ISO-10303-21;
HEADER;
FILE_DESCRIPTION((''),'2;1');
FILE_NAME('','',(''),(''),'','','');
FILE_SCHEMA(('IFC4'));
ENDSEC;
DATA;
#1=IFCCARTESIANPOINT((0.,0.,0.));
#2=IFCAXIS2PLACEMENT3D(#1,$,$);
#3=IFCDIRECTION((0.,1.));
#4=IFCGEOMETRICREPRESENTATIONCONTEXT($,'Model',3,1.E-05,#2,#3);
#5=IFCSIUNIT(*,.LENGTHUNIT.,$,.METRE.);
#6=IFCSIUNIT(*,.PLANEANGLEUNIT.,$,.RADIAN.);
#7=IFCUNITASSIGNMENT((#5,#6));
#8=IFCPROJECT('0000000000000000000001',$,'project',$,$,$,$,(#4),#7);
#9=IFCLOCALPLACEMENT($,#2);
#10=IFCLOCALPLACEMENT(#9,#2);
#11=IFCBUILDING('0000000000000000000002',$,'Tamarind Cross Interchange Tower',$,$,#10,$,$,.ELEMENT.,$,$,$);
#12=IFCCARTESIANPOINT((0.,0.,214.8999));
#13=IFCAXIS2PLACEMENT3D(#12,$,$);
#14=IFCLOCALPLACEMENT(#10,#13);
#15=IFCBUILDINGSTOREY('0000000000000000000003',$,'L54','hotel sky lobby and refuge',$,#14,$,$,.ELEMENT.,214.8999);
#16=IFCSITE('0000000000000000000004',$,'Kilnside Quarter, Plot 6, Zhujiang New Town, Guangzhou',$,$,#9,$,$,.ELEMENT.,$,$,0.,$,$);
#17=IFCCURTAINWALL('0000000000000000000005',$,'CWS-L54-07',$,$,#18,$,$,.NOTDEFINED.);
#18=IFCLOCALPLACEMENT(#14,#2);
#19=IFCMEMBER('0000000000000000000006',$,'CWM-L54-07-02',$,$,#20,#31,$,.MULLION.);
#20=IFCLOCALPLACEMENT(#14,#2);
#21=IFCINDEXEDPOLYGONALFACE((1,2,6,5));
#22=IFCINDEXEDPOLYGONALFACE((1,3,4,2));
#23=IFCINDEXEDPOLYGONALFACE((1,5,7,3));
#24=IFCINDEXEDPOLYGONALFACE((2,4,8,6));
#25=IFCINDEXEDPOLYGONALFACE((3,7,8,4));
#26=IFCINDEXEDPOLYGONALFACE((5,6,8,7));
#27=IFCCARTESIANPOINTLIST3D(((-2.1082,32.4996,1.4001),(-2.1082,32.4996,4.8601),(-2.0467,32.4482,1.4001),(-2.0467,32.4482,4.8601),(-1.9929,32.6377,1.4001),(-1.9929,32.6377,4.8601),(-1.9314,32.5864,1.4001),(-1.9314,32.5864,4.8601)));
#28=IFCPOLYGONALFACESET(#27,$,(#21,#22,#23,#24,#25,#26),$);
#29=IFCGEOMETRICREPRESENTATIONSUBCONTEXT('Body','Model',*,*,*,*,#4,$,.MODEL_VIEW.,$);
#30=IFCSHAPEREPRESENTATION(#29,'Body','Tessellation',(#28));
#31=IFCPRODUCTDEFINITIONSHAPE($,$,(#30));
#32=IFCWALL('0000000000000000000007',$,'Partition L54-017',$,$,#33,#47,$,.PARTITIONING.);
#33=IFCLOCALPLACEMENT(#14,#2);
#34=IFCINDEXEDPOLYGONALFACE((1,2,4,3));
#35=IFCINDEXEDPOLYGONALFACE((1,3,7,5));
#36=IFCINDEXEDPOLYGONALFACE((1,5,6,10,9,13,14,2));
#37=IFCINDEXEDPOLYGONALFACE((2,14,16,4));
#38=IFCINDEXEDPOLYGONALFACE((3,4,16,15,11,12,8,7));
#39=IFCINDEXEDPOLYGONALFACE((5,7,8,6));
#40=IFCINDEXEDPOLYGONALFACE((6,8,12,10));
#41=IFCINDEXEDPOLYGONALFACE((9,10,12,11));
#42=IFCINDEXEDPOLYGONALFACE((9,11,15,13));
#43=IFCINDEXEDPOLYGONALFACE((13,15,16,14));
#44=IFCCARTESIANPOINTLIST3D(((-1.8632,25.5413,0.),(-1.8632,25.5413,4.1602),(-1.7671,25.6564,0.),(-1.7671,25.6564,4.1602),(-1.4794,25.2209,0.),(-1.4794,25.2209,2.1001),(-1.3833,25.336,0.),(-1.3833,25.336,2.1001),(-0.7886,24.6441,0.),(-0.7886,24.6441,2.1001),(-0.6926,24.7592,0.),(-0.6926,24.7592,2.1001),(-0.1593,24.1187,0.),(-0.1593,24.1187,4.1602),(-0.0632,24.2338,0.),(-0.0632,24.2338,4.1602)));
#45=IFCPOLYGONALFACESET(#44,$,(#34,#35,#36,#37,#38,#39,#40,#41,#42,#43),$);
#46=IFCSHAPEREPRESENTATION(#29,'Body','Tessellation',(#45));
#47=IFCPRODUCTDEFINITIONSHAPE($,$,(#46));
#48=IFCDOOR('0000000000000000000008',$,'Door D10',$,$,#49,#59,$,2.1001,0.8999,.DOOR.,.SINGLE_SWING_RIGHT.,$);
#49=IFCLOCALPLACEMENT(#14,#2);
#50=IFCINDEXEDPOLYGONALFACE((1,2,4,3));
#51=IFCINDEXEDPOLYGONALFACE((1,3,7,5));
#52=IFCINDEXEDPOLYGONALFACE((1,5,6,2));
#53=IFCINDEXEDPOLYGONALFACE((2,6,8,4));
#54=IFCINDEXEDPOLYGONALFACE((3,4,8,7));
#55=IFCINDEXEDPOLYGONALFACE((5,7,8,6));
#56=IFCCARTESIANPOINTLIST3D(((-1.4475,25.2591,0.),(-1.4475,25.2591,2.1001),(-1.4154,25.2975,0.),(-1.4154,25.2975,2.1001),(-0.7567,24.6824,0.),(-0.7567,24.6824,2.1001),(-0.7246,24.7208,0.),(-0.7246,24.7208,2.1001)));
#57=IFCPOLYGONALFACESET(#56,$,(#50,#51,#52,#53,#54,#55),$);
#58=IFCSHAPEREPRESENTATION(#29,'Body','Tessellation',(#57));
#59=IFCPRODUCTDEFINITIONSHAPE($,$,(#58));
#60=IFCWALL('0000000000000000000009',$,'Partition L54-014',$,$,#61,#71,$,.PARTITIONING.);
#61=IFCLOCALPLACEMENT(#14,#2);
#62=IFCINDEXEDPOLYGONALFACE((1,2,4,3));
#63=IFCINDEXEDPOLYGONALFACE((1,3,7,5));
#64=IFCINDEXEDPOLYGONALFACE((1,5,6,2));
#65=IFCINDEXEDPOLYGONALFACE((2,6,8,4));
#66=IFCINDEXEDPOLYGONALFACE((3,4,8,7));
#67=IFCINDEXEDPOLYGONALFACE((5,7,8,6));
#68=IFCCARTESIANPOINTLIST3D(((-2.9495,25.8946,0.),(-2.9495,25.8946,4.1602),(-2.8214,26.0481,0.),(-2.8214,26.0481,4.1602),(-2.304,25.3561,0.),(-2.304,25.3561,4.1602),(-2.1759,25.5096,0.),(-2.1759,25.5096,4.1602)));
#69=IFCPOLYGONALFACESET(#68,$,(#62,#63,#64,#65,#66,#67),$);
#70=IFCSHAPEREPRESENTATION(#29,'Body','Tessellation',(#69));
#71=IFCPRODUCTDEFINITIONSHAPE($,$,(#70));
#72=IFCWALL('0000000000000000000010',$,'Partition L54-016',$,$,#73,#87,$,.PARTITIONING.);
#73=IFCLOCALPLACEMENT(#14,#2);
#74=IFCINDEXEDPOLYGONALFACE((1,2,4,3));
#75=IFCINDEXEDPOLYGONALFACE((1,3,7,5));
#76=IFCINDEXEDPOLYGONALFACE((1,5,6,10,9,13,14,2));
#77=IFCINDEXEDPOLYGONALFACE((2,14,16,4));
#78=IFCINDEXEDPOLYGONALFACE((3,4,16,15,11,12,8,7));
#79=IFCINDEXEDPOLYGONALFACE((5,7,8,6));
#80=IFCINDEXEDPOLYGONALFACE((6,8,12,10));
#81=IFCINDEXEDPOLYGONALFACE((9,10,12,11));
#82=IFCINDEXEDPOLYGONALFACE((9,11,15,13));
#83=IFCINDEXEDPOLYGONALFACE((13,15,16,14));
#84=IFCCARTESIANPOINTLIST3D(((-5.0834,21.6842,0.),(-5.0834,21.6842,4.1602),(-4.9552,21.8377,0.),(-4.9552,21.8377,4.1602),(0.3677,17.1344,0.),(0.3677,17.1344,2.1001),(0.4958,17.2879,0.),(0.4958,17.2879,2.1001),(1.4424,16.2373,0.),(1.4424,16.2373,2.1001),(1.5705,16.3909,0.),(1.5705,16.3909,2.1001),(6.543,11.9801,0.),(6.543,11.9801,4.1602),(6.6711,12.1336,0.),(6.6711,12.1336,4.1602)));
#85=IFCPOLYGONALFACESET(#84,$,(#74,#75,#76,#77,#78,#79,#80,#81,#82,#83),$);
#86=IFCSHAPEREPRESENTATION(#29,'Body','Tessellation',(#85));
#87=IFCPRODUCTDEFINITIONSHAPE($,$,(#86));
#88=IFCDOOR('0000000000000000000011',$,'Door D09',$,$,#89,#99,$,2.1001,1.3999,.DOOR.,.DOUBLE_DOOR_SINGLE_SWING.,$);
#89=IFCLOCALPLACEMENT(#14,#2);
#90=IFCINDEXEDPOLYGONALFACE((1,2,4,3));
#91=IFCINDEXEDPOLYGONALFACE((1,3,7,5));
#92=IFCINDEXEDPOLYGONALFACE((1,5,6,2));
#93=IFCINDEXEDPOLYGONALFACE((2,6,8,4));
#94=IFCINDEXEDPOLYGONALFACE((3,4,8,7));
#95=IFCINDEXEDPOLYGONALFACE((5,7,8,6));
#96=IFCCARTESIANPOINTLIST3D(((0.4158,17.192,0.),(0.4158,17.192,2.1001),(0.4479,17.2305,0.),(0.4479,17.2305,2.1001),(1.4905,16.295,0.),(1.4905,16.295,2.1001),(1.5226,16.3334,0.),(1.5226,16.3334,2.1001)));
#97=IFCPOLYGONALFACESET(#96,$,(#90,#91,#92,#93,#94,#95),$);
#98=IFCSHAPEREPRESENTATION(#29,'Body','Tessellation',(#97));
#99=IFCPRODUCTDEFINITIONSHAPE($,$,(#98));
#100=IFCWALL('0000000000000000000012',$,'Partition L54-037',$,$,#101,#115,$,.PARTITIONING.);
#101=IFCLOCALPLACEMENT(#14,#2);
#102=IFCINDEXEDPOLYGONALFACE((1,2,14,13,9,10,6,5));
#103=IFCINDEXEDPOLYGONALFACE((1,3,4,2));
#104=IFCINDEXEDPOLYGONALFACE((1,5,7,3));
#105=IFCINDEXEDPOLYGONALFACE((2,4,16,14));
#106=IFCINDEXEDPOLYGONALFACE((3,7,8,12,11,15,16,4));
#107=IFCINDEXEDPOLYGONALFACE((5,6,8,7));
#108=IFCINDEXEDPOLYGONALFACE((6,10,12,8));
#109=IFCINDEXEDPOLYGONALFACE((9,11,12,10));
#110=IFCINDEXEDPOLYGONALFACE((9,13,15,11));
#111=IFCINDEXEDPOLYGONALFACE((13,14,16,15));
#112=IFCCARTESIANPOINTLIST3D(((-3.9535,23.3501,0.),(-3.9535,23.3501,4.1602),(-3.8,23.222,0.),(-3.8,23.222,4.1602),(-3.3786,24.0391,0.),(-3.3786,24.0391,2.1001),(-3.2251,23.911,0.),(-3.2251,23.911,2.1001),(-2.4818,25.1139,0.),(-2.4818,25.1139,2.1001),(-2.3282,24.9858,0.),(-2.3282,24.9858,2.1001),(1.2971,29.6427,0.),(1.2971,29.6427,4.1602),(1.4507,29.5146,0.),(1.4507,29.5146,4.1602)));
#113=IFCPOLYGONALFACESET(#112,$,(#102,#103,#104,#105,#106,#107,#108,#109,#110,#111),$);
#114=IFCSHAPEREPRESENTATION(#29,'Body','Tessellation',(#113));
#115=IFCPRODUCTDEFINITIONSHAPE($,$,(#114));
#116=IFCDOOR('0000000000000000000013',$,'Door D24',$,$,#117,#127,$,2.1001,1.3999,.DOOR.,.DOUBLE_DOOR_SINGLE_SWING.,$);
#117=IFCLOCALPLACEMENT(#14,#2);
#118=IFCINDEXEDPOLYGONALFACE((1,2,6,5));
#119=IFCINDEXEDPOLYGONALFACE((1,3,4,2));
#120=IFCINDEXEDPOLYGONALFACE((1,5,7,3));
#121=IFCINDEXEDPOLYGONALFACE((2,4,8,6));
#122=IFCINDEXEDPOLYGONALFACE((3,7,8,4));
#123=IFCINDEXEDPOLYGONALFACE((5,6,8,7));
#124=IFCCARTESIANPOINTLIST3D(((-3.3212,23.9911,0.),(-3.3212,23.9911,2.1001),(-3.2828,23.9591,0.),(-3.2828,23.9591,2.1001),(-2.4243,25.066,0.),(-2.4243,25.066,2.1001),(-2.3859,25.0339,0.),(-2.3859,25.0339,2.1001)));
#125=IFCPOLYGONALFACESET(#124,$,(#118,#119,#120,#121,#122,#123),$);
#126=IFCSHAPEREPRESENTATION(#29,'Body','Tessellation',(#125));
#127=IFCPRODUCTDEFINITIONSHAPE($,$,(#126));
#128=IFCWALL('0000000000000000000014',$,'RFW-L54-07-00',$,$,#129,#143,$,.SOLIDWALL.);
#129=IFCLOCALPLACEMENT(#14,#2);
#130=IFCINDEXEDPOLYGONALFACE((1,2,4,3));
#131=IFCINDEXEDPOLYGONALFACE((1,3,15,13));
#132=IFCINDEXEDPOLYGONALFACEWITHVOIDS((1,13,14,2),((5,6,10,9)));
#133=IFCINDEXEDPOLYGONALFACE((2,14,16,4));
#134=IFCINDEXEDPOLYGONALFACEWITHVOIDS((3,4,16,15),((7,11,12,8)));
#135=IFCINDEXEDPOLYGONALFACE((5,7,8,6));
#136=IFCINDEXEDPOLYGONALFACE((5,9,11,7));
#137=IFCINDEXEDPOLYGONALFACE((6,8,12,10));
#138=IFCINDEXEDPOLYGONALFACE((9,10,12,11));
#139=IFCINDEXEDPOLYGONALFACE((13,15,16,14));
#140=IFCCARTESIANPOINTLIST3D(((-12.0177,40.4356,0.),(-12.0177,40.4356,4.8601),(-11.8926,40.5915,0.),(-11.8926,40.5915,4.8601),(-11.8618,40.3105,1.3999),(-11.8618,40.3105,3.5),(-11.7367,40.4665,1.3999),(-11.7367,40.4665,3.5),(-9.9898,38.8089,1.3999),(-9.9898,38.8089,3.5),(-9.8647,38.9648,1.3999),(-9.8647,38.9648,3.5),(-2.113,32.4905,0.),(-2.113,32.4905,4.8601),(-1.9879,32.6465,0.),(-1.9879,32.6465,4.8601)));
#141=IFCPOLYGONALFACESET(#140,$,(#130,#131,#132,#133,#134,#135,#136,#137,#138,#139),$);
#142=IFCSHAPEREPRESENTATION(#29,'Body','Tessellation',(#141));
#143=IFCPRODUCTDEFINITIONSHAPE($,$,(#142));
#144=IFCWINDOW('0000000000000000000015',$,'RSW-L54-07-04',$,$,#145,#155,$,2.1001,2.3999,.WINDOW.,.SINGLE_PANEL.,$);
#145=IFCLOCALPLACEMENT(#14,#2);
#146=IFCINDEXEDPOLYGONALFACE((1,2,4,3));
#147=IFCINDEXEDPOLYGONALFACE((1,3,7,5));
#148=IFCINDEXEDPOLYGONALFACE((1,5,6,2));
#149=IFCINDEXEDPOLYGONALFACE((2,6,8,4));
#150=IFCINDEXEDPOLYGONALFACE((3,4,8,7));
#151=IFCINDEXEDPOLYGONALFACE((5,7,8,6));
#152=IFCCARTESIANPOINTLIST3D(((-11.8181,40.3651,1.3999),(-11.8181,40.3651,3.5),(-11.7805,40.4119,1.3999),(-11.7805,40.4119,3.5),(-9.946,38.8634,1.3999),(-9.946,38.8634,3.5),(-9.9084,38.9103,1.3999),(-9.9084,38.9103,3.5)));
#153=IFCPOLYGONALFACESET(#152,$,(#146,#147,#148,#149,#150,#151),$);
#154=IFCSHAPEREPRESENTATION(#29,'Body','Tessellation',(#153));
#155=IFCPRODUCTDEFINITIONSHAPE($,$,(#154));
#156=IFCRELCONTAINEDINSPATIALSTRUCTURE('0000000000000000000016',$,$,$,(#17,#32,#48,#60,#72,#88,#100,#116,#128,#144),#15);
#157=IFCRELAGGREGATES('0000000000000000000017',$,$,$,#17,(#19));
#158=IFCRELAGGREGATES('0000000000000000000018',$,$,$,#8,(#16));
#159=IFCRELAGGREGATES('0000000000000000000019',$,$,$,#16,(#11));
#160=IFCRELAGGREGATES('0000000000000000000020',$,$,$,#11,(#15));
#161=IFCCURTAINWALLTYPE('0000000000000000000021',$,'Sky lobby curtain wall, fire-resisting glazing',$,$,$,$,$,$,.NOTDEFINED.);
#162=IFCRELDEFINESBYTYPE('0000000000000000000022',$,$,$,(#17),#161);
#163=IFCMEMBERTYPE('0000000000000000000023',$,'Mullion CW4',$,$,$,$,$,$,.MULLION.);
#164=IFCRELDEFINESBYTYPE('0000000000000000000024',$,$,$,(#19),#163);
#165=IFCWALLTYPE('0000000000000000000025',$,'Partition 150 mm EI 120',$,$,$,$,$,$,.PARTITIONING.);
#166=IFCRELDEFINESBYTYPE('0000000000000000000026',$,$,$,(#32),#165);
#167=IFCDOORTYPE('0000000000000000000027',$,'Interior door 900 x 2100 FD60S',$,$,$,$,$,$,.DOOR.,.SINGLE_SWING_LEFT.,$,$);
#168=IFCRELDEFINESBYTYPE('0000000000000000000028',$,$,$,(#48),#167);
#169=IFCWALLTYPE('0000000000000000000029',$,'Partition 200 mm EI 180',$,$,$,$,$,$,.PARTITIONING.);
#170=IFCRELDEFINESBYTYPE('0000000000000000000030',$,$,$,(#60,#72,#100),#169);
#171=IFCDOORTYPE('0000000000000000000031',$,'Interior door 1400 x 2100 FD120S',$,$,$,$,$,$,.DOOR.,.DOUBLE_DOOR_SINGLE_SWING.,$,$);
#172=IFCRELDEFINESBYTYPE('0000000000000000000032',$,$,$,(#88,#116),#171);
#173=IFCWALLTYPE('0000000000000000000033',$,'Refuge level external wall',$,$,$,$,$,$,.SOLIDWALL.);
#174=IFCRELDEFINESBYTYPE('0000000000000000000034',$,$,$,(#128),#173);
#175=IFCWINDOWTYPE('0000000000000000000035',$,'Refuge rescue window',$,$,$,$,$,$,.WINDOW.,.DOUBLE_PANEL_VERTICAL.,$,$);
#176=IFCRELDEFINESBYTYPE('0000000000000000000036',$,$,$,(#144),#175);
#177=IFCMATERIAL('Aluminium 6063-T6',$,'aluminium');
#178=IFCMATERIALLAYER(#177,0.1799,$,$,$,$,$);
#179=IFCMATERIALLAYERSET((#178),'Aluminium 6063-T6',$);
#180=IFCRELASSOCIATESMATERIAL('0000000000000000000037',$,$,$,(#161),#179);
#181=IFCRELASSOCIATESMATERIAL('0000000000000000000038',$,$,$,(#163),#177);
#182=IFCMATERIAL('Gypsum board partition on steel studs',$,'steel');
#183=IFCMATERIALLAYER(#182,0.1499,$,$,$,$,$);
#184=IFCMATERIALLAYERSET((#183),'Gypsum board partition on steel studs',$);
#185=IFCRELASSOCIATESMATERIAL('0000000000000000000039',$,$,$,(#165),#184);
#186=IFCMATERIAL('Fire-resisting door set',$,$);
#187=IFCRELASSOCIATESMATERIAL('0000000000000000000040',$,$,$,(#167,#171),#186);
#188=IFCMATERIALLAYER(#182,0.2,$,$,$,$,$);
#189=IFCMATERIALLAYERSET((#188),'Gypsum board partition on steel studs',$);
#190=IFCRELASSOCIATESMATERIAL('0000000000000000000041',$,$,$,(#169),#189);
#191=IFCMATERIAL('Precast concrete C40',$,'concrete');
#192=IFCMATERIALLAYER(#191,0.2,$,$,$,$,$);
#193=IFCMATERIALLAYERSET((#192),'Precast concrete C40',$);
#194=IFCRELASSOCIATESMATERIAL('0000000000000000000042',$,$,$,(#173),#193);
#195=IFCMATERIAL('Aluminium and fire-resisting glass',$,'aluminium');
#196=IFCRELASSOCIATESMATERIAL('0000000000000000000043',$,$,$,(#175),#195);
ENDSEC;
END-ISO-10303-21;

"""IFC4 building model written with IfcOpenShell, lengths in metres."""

from ifc_helpers import new_model, si_unit, direction, frame, frame_2d, origin, origin_2d, place, context, subcontext, project, spatial, rectangle, extrude, material, layer, layer_set, material_profile, profile_set, type_object, element, fill, aggregate, save


model = new_model("IFC4")

# Units and contexts
model_context = context("Model", 3, precision=1e-05, world=origin(), true_north=direction((0.0, 1.0)))
body_context = subcontext(model_context, "Body", "Model", "MODEL_VIEW")
ifc_project = project(units=[si_unit("LENGTHUNIT", "METRE"), si_unit("PLANEANGLEUNIT", "RADIAN")], contexts=[model_context])

# Site, building, storey
site_placement = place(None, origin())
site = spatial("IfcSite", under=ifc_project, at=site_placement, Name="Kilnside Quarter, Plot 6, Zhujiang New Town, Guangzhou", CompositionType="ELEMENT", RefElevation=0.0)
building_placement = place(site_placement, origin())
building = spatial("IfcBuilding", under=site, at=building_placement, Name="Tamarind Cross Interchange Tower", CompositionType="ELEMENT")
storey_placement = place(building_placement, frame((0.0, 0.0, 214.8999)))
storey = spatial("IfcBuildingStorey", under=building, at=storey_placement, Name="L54", Description="hotel sky lobby and refuge", CompositionType="ELEMENT", Elevation=214.8999)

# Curtain wall, member
ifc_material_1 = material(Name="Aluminium 6063-T6", Category="aluminium")
ifc_layer_1 = layer(ifc_material_1, 0.1799)
ifc_layer_set_1 = layer_set([ifc_layer_1], Name="Aluminium 6063-T6")
curtain_wall_type = type_object("IfcCurtainWallType", Name="Sky lobby curtain wall, fire-resisting glazing", PredefinedType="NOTDEFINED", material=ifc_layer_set_1)
curtain_wall_placement = place(storey_placement, origin())
curtain_wall = element("IfcCurtainWall", 1, at=curtain_wall_placement, inside=storey, type_object=curtain_wall_type, Name="CWS-L54-07", PredefinedType="NOTDEFINED")
ifc_material_profile_1 = material_profile(ifc_material_1, rectangle(XDim=0.0801, YDim=0.1799, at=origin_2d()), Name="Mullion CW4")
ifc_profile_set_1 = profile_set([ifc_material_profile_1], Name="Aluminium 6063-T6")
member_type = type_object("IfcMemberType", Name="Mullion CW4", PredefinedType="MULLION", material=ifc_profile_set_1)
member_placement = place(storey_placement, frame((-2.0198, 32.543, 1.4001), z_axis=(0.0, 0.0, 1.0), x_axis=(-0.767729, 0.640775, 0.0)))
member = element("IfcMember", 2, at=member_placement, type_object=member_type, Name="CWM-L54-07-02", PredefinedType="MULLION", context=body_context, shape_type="SweptSolid", body=[
    extrude(rectangle(XDim=0.0801, YDim=0.1799, at=origin_2d()), origin(), (0.0, 0.0, 1.0), 3.46),
])
aggregate(curtain_wall, [member])

# Wall, opening, door
ifc_material_2 = material(Name="Gypsum board partition on steel studs", Category="steel")
ifc_layer_2 = layer(ifc_material_2, 0.1499)
ifc_layer_set_2 = layer_set([ifc_layer_2], Name="Gypsum board partition on steel studs")
wall_type_1 = type_object("IfcWallType", Name="Partition 150 mm EI 120", PredefinedType="PARTITIONING", material=ifc_layer_set_2)
wall_1_placement = place(storey_placement, frame((-1.8152, 25.5989, 0.0), z_axis=(0.0, 0.0, 1.0), x_axis=(0.767617, -0.640909, 0.0)))
wall_1 = element("IfcWall", 3, at=wall_1_placement, inside=storey, type_object=wall_type_1, Name="Partition L54-017", PredefinedType="PARTITIONING", context=body_context, shape_type="SweptSolid", body=[
    extrude(rectangle(XDim=2.2197, YDim=0.1499, at=frame_2d((1.1099, 0.0))), origin(), (0.0, 0.0, 1.0), 4.1602),
])
opening_1_placement = place(wall_1_placement, frame((0.5, 0.0, 0.0)))
opening_1 = element("IfcOpeningElement", 4, at=opening_1_placement, cuts=wall_1, PredefinedType="OPENING", context=body_context, shape_type="SweptSolid", body=[
    extrude(rectangle(XDim=0.8999, YDim=2.1001, at=frame_2d((0.45, 1.05))), frame((0.0, 0.085, 0.0), z_axis=(0.0, -1.0, 0.0), x_axis=(1.0, 0.0, 0.0)), (0.0, 0.0, 1.0), 0.1699),
])
ifc_material_3 = material(Name="Fire-resisting door set")
door_type_1 = type_object("IfcDoorType", Name="Interior door 900 x 2100 FD60S", OperationType="SINGLE_SWING_LEFT", PredefinedType="DOOR", material=ifc_material_3)
door_1_placement = place(opening_1_placement, origin())
door_1 = element("IfcDoor", 5, at=door_1_placement, inside=storey, type_object=door_type_1, Name="Door D10", OperationType="SINGLE_SWING_RIGHT", OverallHeight=2.1001, OverallWidth=0.8999, PredefinedType="DOOR", context=body_context, shape_type="SweptSolid", body=[
    extrude(rectangle(XDim=0.8999, YDim=2.1001, at=frame_2d((0.45, 1.05))), frame((0.0, 0.0249, 0.0), z_axis=(0.0, -1.0, 0.0), x_axis=(1.0, 0.0, 0.0)), (0.0, 0.0, 1.0), 0.05),
])
fill(opening_1, door_1)

# Wall
ifc_layer_3 = layer(ifc_material_2, 0.2)
ifc_layer_set_3 = layer_set([ifc_layer_3], Name="Gypsum board partition on steel studs")
wall_type_2 = type_object("IfcWallType", Name="Partition 200 mm EI 180", PredefinedType="PARTITIONING", material=ifc_layer_set_3)
wall_2_placement = place(storey_placement, frame((-2.8855, 25.9714, 0.0), z_axis=(0.0, 0.0, 1.0), x_axis=(0.76784, -0.640641, 0.0)))
element("IfcWall", 6, at=wall_2_placement, inside=storey, type_object=wall_type_2, Name="Partition L54-014", PredefinedType="PARTITIONING", context=body_context, shape_type="SweptSolid", body=[
    extrude(rectangle(XDim=0.8406, YDim=0.2, at=frame_2d((0.4204, 0.0))), origin(), (0.0, 0.0, 1.0), 4.1602),
])

# Walls, openings, doors
wall_3_placement = place(storey_placement, frame((-5.0193, 21.761, 0.0), z_axis=(0.0, 0.0, 1.0), x_axis=(0.767715, -0.640792, 0.0)))
wall_3 = element("IfcWall", 7, at=wall_3_placement, inside=storey, type_object=wall_type_2, Name="Partition L54-016", PredefinedType="PARTITIONING", context=body_context, shape_type="SweptSolid", body=[
    extrude(rectangle(XDim=15.144, YDim=0.2, at=frame_2d((7.572, 0.0))), origin(), (0.0, 0.0, 1.0), 4.1602),
])
opening_2_placement = place(wall_3_placement, frame((7.1003, 0.0, 0.0)))
opening_2 = element("IfcOpeningElement", 8, at=opening_2_placement, cuts=wall_3, PredefinedType="OPENING", context=body_context, shape_type="SweptSolid", body=[
    extrude(rectangle(XDim=1.3999, YDim=2.1001, at=frame_2d((0.7, 1.05))), frame((0.0, 0.1099, 0.0), z_axis=(0.0, -1.0, 0.0), x_axis=(1.0, 0.0, 0.0)), (0.0, 0.0, 1.0), 0.22),
])
door_type_2 = type_object("IfcDoorType", Name="Interior door 1400 x 2100 FD120S", OperationType="DOUBLE_DOOR_SINGLE_SWING", PredefinedType="DOOR", material=ifc_material_3)
door_2_placement = place(opening_2_placement, frame((1.3999, 0.0, 0.0), z_axis=(0.0, 0.0, 1.0), x_axis=(-1.0, 0.0, 0.0)))
door_2 = element("IfcDoor", 9, at=door_2_placement, inside=storey, type_object=door_type_2, Name="Door D09", OperationType="DOUBLE_DOOR_SINGLE_SWING", OverallHeight=2.1001, OverallWidth=1.3999, PredefinedType="DOOR", context=body_context, shape_type="SweptSolid", body=[
    extrude(rectangle(XDim=1.3999, YDim=2.1001, at=frame_2d((0.7, 1.05))), frame((0.0, 0.0249, 0.0), z_axis=(0.0, -1.0, 0.0), x_axis=(1.0, 0.0, 0.0)), (0.0, 0.0, 1.0), 0.05),
])
fill(opening_2, door_2)
wall_4_placement = place(storey_placement, frame((-3.8767, 23.2861, 0.0), z_axis=(0.0, 0.0, 1.0), x_axis=(0.640674, 0.767813, 0.0)))
wall_4 = element("IfcWall", 10, at=wall_4_placement, inside=storey, type_object=wall_type_2, Name="Partition L54-037", PredefinedType="PARTITIONING", context=body_context, shape_type="SweptSolid", body=[
    extrude(rectangle(XDim=8.1956, YDim=0.2, at=frame_2d((4.0977, 0.0))), origin(), (0.0, 0.0, 1.0), 4.1602),
])
opening_3_placement = place(wall_4_placement, frame((0.8972, 0.0, 0.0)))
opening_3 = element("IfcOpeningElement", 11, at=opening_3_placement, cuts=wall_4, PredefinedType="OPENING", context=body_context, shape_type="SweptSolid", body=[
    extrude(rectangle(XDim=1.3999, YDim=2.1001, at=frame_2d((0.7, 1.05))), frame((0.0, 0.1099, 0.0), z_axis=(0.0, -1.0, 0.0), x_axis=(1.0, 0.0, 0.0)), (0.0, 0.0, 1.0), 0.22),
])
door_3_placement = place(opening_3_placement, frame((1.3999, 0.0, 0.0), z_axis=(0.0, 0.0, 1.0), x_axis=(-1.0, 0.0, 0.0)))
door_3 = element("IfcDoor", 12, at=door_3_placement, inside=storey, type_object=door_type_2, Name="Door D24", OperationType="DOUBLE_DOOR_SINGLE_SWING", OverallHeight=2.1001, OverallWidth=1.3999, PredefinedType="DOOR", context=body_context, shape_type="SweptSolid", body=[
    extrude(rectangle(XDim=1.3999, YDim=2.1001, at=frame_2d((0.7, 1.05))), frame((0.0, 0.0249, 0.0), z_axis=(0.0, -1.0, 0.0), x_axis=(1.0, 0.0, 0.0)), (0.0, 0.0, 1.0), 0.05),
])
fill(opening_3, door_3)

# Wall, opening, window
ifc_material_4 = material(Name="Precast concrete C40", Category="concrete")
ifc_layer_4 = layer(ifc_material_4, 0.2)
ifc_layer_set_4 = layer_set([ifc_layer_4], Name="Precast concrete C40")
wall_type_3 = type_object("IfcWallType", Name="Refuge level external wall", PredefinedType="SOLIDWALL", material=ifc_layer_set_4)
wall_5_placement = place(storey_placement, frame((-2.0505, 32.5686, 0.0), z_axis=(0.0, 0.0, 1.0), x_axis=(-0.780052, 0.625715, 0.0)))
wall_5 = element("IfcWall", 13, at=wall_5_placement, inside=storey, type_object=wall_type_3, Name="RFW-L54-07-00", PredefinedType="SOLIDWALL", context=body_context, shape_type="SweptSolid", body=[
    extrude(rectangle(XDim=12.6975, YDim=0.2, at=frame_2d((6.3486, 0.0))), origin(), (0.0, 0.0, 1.0), 4.8601),
])
opening_4_placement = place(wall_5_placement, frame((10.0977, 0.0, 1.3999)))
opening_4 = element("IfcOpeningElement", 14, at=opening_4_placement, cuts=wall_5, PredefinedType="OPENING", context=body_context, shape_type="SweptSolid", body=[
    extrude(rectangle(XDim=2.3999, YDim=2.1001, at=frame_2d((1.2, 1.05))), frame((0.0, 0.1099, 0.0), z_axis=(0.0, -1.0, 0.0), x_axis=(1.0, 0.0, 0.0)), (0.0, 0.0, 1.0), 0.22),
])
ifc_material_5 = material(Name="Aluminium and fire-resisting glass", Category="aluminium")
window_type = type_object("IfcWindowType", Name="Refuge rescue window", PartitioningType="DOUBLE_PANEL_VERTICAL", PredefinedType="WINDOW", material=ifc_material_5)
window_placement = place(opening_4_placement, origin())
window = element("IfcWindow", 15, at=window_placement, inside=storey, type_object=window_type, Name="RSW-L54-07-04", OverallHeight=2.1001, OverallWidth=2.3999, PartitioningType="SINGLE_PANEL", PredefinedType="WINDOW", context=body_context, shape_type="SweptSolid", body=[
    extrude(rectangle(XDim=2.3999, YDim=2.1001, at=frame_2d((1.2, 1.05))), frame((0.0, 0.03, 0.0), z_axis=(0.0, -1.0, 0.0), x_axis=(1.0, 0.0, 0.0)), (0.0, 0.0, 1.0), 0.0601),
])
fill(opening_4, window)

save(model, "model.ifc")
